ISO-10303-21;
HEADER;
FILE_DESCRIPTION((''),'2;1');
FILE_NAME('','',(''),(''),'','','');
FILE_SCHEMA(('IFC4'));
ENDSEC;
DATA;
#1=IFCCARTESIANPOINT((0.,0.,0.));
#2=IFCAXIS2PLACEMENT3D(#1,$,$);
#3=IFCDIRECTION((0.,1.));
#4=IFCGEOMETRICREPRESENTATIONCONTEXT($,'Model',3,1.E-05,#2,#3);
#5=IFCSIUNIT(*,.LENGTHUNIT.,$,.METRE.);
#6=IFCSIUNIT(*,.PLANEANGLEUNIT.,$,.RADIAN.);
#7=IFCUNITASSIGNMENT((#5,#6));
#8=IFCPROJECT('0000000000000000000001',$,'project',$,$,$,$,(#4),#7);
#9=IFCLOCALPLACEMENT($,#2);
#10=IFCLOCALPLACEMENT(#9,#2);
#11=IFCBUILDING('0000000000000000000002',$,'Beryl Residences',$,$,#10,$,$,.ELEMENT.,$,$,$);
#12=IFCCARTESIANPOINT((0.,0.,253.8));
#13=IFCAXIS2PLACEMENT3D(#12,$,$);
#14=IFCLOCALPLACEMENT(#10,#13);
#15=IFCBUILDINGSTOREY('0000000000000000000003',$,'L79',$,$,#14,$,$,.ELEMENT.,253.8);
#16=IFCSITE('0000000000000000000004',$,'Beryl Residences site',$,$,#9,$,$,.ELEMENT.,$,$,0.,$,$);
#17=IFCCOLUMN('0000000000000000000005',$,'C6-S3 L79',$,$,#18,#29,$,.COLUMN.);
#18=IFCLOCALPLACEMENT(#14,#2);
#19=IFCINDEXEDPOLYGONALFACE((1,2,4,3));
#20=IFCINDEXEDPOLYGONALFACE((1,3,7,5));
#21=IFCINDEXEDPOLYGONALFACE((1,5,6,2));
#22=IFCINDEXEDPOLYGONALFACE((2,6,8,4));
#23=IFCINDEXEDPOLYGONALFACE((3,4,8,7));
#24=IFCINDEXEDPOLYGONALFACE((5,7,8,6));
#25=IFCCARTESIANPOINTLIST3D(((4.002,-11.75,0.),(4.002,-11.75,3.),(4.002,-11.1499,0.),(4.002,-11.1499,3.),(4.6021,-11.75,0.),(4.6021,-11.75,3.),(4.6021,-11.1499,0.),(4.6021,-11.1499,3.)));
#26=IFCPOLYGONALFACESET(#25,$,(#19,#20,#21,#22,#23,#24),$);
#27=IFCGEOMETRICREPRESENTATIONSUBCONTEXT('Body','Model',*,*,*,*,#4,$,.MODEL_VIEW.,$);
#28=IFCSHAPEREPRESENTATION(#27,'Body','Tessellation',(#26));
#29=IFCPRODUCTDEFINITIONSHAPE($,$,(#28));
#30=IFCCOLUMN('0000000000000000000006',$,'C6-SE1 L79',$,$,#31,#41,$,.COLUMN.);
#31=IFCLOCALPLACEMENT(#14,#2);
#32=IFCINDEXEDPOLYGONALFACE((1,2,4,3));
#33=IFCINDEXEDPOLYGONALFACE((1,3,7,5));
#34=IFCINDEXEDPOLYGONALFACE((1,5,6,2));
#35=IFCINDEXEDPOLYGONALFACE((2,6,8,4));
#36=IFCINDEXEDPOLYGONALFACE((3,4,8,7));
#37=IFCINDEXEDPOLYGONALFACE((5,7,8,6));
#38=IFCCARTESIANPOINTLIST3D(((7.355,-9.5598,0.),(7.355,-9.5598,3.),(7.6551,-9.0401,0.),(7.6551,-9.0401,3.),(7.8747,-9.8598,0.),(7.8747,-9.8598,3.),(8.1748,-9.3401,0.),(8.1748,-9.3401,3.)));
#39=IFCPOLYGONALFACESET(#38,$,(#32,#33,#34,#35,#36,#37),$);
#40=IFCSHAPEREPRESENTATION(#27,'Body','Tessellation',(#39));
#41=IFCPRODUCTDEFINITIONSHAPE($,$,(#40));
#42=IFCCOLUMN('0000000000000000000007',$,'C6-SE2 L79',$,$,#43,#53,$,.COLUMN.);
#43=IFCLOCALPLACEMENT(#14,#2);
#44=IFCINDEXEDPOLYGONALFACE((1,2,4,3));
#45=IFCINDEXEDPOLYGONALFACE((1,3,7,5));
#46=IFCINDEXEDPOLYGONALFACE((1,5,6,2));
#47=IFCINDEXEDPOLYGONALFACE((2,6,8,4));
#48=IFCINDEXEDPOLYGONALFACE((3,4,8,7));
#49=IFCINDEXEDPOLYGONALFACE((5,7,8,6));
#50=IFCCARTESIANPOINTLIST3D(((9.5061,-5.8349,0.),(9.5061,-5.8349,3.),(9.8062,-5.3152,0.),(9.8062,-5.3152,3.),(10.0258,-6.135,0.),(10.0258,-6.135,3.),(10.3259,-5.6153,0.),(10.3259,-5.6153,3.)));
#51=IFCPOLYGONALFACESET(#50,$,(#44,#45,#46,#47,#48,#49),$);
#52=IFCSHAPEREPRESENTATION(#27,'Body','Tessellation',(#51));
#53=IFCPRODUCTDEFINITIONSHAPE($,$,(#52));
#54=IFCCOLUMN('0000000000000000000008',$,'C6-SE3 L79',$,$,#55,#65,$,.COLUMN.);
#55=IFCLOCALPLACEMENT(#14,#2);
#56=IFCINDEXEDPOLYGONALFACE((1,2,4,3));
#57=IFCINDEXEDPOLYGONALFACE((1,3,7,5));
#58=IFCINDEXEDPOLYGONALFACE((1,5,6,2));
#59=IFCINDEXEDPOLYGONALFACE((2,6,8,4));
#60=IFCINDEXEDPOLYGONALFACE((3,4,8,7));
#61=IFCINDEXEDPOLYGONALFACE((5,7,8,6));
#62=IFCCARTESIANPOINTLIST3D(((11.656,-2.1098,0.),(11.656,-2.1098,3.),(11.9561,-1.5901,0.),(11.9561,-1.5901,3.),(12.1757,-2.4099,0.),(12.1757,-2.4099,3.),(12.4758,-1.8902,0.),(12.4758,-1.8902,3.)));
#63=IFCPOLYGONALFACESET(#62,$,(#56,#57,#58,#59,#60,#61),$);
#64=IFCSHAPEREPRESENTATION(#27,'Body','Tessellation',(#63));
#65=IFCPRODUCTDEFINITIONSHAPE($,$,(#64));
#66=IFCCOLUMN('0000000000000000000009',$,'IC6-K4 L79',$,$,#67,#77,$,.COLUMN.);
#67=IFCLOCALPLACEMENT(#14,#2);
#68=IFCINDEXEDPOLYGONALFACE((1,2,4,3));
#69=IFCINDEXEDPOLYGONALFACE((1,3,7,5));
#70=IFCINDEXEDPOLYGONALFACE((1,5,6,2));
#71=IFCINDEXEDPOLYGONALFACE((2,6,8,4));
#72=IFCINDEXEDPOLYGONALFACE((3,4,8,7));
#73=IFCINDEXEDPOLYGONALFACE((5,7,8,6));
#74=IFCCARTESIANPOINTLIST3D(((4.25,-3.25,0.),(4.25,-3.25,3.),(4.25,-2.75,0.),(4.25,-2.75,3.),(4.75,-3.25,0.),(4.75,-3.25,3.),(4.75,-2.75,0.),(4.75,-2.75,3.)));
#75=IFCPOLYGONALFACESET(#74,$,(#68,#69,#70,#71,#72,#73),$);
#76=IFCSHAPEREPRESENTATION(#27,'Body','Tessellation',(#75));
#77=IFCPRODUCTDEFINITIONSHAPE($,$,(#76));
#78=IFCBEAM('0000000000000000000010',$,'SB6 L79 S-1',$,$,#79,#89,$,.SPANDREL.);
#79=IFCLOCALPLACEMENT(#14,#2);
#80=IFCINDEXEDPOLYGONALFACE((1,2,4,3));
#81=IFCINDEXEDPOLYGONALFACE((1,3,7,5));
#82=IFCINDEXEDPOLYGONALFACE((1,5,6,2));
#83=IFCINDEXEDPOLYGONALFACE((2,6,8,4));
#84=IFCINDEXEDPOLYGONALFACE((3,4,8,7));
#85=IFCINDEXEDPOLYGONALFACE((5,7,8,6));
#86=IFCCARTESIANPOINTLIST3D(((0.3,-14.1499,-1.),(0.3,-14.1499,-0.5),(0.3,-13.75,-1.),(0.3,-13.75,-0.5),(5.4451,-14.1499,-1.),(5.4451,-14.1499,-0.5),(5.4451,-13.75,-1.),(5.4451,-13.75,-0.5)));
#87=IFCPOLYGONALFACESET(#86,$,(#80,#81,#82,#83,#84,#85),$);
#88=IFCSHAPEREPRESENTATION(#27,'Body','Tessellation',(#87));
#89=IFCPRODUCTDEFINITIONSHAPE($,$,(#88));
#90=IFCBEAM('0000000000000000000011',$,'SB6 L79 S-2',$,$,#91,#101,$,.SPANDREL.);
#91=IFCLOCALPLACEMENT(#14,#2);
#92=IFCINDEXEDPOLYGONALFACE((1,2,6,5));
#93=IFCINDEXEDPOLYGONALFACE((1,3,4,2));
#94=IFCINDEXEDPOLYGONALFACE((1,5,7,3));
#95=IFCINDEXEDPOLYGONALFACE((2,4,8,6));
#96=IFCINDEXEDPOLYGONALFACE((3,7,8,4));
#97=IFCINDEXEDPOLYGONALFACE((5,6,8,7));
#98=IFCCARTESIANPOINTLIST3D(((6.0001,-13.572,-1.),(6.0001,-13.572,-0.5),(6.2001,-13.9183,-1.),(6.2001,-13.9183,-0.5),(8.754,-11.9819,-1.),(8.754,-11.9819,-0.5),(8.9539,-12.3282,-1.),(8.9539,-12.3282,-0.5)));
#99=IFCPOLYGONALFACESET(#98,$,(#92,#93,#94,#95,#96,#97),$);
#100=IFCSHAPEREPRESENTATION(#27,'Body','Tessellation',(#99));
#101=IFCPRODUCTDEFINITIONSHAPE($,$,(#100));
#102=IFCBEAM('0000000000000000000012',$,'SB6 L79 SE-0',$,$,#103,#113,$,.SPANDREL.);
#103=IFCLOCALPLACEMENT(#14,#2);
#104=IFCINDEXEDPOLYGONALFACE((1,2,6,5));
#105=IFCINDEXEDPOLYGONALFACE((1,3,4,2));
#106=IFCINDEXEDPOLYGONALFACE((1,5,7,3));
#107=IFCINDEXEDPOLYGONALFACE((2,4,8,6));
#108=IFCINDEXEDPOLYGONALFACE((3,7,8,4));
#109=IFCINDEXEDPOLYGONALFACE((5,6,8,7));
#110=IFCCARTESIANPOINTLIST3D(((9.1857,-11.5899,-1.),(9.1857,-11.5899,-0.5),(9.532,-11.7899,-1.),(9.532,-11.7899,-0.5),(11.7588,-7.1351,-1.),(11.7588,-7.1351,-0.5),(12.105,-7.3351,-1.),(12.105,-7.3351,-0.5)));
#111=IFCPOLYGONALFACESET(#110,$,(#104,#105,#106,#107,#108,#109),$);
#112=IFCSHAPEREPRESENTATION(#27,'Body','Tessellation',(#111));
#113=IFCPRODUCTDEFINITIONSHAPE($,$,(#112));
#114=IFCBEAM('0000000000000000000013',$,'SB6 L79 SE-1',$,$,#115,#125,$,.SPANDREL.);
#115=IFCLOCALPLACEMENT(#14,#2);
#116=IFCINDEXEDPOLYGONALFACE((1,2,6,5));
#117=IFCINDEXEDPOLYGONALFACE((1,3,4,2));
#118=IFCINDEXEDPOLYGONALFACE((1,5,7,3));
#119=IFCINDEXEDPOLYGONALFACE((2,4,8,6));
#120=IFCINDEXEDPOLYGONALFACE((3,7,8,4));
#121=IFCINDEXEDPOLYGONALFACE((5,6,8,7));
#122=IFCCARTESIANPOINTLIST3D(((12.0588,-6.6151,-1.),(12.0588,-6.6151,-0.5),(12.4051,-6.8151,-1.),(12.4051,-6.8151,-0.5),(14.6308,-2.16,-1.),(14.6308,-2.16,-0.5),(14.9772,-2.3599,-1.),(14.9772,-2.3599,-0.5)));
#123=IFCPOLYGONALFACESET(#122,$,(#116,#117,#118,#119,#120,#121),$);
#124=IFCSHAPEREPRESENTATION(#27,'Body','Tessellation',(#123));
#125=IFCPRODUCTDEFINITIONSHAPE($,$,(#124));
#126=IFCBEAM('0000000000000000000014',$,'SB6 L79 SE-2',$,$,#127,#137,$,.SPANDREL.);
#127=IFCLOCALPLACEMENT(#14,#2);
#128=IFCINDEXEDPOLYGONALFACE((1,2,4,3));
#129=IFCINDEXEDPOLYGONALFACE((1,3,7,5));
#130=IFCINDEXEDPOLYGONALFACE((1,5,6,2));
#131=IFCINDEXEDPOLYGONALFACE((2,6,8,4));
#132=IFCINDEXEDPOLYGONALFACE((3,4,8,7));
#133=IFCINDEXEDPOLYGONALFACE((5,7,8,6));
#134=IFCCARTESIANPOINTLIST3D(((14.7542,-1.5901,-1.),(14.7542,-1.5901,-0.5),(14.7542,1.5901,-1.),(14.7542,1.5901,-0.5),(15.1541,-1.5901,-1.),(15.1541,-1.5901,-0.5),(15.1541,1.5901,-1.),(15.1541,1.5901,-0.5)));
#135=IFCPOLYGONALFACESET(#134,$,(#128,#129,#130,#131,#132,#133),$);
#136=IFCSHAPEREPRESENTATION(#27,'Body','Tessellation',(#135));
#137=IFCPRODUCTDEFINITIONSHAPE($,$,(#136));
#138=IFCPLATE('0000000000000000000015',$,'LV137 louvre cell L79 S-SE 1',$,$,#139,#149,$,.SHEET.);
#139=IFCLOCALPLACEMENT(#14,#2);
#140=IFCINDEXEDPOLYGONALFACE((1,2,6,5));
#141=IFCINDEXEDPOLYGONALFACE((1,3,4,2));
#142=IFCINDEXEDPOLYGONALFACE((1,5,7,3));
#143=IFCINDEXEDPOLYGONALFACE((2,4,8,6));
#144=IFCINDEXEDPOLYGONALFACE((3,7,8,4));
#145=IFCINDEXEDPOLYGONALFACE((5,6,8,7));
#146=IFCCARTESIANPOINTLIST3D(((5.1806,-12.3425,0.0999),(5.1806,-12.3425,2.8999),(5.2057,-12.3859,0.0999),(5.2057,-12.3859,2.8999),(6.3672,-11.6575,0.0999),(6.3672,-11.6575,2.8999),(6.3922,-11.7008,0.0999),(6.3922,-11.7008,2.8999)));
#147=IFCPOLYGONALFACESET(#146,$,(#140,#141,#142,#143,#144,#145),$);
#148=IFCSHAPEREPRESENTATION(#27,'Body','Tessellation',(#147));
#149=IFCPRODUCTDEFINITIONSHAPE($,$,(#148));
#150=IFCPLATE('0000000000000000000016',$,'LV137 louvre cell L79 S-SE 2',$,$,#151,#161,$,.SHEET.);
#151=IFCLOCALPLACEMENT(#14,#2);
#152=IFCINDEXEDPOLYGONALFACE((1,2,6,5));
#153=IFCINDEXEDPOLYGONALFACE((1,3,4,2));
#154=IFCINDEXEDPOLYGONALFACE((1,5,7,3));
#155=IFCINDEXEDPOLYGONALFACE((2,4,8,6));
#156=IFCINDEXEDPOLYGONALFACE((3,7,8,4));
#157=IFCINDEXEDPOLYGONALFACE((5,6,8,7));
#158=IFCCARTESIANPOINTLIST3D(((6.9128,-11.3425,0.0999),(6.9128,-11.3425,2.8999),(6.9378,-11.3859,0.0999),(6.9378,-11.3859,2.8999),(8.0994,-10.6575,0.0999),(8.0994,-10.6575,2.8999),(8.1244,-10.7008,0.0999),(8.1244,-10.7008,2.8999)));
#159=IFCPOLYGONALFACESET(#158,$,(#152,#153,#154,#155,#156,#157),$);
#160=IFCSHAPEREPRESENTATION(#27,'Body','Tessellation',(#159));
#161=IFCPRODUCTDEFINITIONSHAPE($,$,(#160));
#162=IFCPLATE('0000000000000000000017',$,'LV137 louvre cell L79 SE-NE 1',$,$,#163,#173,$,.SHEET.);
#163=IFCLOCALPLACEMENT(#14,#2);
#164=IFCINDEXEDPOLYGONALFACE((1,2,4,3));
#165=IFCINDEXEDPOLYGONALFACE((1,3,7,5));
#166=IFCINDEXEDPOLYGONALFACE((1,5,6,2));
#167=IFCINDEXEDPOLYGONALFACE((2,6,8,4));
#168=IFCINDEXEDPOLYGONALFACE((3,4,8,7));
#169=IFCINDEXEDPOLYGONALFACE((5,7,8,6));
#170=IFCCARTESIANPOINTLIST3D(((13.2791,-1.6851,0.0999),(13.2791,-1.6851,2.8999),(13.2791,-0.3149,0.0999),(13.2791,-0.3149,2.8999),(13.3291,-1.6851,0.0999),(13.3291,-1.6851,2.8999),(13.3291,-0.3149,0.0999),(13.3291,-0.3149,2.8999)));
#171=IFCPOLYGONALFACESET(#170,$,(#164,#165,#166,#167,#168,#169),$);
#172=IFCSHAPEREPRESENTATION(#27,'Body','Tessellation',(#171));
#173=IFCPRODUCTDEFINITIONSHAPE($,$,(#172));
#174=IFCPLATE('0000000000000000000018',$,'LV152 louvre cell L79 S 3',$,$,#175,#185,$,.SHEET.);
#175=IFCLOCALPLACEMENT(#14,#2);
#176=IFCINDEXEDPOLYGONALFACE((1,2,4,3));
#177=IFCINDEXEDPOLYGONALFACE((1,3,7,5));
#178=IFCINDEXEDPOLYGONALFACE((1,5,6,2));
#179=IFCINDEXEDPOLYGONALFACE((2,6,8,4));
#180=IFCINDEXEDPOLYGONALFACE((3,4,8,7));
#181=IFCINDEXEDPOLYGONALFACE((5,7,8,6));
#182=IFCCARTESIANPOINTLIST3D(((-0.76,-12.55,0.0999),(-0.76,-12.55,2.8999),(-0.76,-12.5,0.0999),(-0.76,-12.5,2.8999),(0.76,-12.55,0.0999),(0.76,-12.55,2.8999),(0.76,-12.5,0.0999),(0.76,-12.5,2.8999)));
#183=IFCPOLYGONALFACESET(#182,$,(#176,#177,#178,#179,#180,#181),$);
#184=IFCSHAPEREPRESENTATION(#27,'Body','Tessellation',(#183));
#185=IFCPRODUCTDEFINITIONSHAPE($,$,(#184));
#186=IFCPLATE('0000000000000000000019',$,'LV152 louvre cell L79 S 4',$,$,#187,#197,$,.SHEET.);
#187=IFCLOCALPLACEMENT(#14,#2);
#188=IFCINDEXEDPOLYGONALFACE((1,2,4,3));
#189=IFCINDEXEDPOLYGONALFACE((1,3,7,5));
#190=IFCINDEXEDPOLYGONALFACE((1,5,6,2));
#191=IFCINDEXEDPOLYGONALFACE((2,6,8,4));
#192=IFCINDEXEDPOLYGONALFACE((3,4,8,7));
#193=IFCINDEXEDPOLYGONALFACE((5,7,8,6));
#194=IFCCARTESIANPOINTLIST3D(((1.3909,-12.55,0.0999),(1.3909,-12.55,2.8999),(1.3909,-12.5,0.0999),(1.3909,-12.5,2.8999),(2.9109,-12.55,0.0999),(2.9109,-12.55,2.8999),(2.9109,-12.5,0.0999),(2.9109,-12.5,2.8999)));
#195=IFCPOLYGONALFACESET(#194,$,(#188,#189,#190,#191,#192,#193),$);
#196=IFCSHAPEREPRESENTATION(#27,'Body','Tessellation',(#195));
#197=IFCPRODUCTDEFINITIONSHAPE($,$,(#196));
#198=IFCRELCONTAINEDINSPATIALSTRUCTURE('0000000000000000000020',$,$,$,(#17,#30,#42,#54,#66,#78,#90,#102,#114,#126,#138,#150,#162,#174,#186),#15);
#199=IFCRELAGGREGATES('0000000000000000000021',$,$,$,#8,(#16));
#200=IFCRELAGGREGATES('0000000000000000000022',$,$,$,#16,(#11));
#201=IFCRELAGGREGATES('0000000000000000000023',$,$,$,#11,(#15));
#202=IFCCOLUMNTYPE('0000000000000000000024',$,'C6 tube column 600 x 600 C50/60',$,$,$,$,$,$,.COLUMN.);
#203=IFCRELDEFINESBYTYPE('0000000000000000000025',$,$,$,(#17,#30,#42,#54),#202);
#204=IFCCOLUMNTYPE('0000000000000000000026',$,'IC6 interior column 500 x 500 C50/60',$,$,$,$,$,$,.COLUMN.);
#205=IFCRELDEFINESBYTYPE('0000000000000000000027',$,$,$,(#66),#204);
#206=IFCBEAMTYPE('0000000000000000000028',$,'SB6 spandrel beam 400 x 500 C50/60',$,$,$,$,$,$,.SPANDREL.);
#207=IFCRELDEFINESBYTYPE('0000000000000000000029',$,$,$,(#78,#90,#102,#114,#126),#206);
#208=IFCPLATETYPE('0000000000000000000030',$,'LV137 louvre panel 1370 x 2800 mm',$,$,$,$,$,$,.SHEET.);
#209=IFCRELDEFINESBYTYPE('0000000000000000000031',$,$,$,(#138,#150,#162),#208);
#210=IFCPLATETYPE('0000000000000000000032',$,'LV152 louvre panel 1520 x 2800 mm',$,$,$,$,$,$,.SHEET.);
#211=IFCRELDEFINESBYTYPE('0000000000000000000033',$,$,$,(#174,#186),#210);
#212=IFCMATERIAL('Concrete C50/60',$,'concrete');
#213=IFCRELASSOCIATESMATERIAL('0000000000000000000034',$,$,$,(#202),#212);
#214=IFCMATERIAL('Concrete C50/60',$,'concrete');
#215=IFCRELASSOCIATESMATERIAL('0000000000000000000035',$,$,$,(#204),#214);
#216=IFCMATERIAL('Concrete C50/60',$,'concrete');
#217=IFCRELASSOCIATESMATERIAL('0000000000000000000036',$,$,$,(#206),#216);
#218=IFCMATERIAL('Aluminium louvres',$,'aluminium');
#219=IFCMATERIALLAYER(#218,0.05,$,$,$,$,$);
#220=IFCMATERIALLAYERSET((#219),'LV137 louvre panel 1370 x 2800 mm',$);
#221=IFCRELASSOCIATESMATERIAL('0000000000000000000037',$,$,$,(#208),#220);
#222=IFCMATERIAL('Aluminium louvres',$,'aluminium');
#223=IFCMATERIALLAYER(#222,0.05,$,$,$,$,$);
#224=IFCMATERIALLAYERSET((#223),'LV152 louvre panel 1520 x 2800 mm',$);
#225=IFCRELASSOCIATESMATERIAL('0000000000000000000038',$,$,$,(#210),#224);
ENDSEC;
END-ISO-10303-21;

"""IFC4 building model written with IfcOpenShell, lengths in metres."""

from ifc_helpers import new_model, si_unit, direction, frame, origin, origin_2d, place, context, subcontext, project, spatial, polyline, rectangle, outline, extrude, source, transform, mapped, material, layer, layer_set, material_profile, profile_set, type_object, type_shapes, element, save


model = new_model("IFC4")

# Units and contexts
model_context = context("Model", 3, precision=1e-05, world=origin(), true_north=direction((0.0, 1.0)))
body_context = subcontext(model_context, "Body", "Model", "MODEL_VIEW")
ifc_project = project(units=[si_unit("LENGTHUNIT", "METRE"), si_unit("PLANEANGLEUNIT", "RADIAN")], contexts=[model_context])

# Site, building, storey
site_placement = place(None, origin())
site = spatial("IfcSite", under=ifc_project, at=site_placement, Name="Beryl Residences site", CompositionType="ELEMENT", RefElevation=0.0)
building_placement = place(site_placement, origin())
building = spatial("IfcBuilding", under=site, at=building_placement, Name="Beryl Residences", CompositionType="ELEMENT")
storey_placement = place(building_placement, frame((0.0, 0.0, 253.8)))
storey = spatial("IfcBuildingStorey", under=building, at=storey_placement, Name="L79", CompositionType="ELEMENT", Elevation=253.8)

# Columns
ifc_material_1 = material(Name="Concrete C50/60", Category="concrete")
ifc_material_profile_1 = material_profile(ifc_material_1, rectangle(XDim=0.6001, YDim=0.6001, at=origin_2d()))
ifc_profile_set_1 = profile_set([ifc_material_profile_1], Name="Concrete C50/60")
column_type_1 = type_object("IfcColumnType", Name="C6 tube column 600 x 600 C50/60", PredefinedType="COLUMN", material=ifc_profile_set_1)
for number, where, z_axis, x_axis, name in (
    (1, (4.302, -11.45, 0.0), (0.0, 0.0, 1.0), (1.0, 0.0, 0.0), "C6-S3 L79"),
    (2, (7.7649, -9.45, 0.0), (0.0, 0.0, 1.0), (0.5, 0.866025, 0.0), "C6-SE1 L79"),
    (3, (9.916, -5.7251, 0.0), (0.0, 0.0, 1.0), (0.5, 0.866025, 0.0), "C6-SE2 L79"),
    (4, (12.0659, -2.0, 0.0), (0.0, 0.0, 1.0), (0.5, 0.866025, 0.0), "C6-SE3 L79"),
):
    element("IfcColumn", number, at=place(storey_placement, frame(where, z_axis=z_axis, x_axis=x_axis)), inside=storey, type_object=column_type_1, Name=name, PredefinedType="COLUMN", context=body_context, shape_type="SweptSolid", body=[
        extrude(rectangle(XDim=0.6001, YDim=0.6001, at=origin_2d()), origin(), (0.0, 0.0, 1.0), 3.0),
    ])
ifc_material_2 = material(Name="Concrete C50/60", Category="concrete")
ifc_material_profile_2 = material_profile(ifc_material_2, rectangle(XDim=0.5, YDim=0.5, at=origin_2d()))
ifc_profile_set_2 = profile_set([ifc_material_profile_2], Name="Concrete C50/60")
column_type_2 = type_object("IfcColumnType", Name="IC6 interior column 500 x 500 C50/60", PredefinedType="COLUMN", material=ifc_profile_set_2)
column_placement = place(storey_placement, frame((4.5, -3.0, 0.0), z_axis=(0.0, 0.0, 1.0), x_axis=(1.0, 0.0, 0.0)))
element("IfcColumn", 5, at=column_placement, inside=storey, type_object=column_type_2, Name="IC6-K4 L79", PredefinedType="COLUMN", context=body_context, shape_type="SweptSolid", body=[
    extrude(rectangle(XDim=0.5, YDim=0.5, at=origin_2d()), origin(), (0.0, 0.0, 1.0), 3.0),
])

# Beams
ifc_material_3 = material(Name="Concrete C50/60", Category="concrete")
ifc_material_profile_3 = material_profile(ifc_material_3, rectangle(XDim=0.3999, YDim=0.5, at=origin_2d()))
ifc_profile_set_3 = profile_set([ifc_material_profile_3], Name="Concrete C50/60")
beam_type = type_object("IfcBeamType", Name="SB6 spandrel beam 400 x 500 C50/60", PredefinedType="SPANDREL", material=ifc_profile_set_3)
beam_1_placement = place(storey_placement, frame((0.3, -13.95, -0.75), z_axis=(1.0, 0.0, 0.0), x_axis=(0.0, 1.0, 0.0)))
element("IfcBeam", 6, at=beam_1_placement, inside=storey, type_object=beam_type, Name="SB6 L79 S-1", PredefinedType="SPANDREL", context=body_context, shape_type="SweptSolid", body=[
    extrude(rectangle(XDim=0.3999, YDim=0.5, at=origin_2d()), origin(), (0.0, 0.0, 1.0), 5.145),
])
beam_2_placement = place(storey_placement, frame((6.1001, -13.7451, -0.75), z_axis=(0.866009, 0.500028, 0.0), x_axis=(-0.500028, 0.866009, 0.0)))
element("IfcBeam", 7, at=beam_2_placement, inside=storey, type_object=beam_type, Name="SB6 L79 S-2", PredefinedType="SPANDREL", context=body_context, shape_type="SweptSolid", body=[
    extrude(rectangle(XDim=0.3999, YDim=0.5, at=origin_2d()), origin(), (0.0, 0.0, 1.0), 3.1799),
])
beam_3_placement = place(storey_placement, frame((9.3589, -11.6899, -0.75), z_axis=(0.500146, 0.865941, 0.0), x_axis=(-0.865941, 0.500146, 0.0)))
element("IfcBeam", 8, at=beam_3_placement, inside=storey, type_object=beam_type, Name="SB6 L79 SE-0", PredefinedType="SPANDREL", context=body_context, shape_type="SweptSolid", body=[
    extrude(rectangle(XDim=0.3999, YDim=0.5, at=origin_2d()), origin(), (0.0, 0.0, 1.0), 5.1445),
])
beam_4_placement = place(storey_placement, frame((12.2319, -6.7151, -0.75), z_axis=(0.499983, 0.866035, 0.0), x_axis=(-0.866035, 0.499983, 0.0)))
element("IfcBeam", 9, at=beam_4_placement, inside=storey, type_object=beam_type, Name="SB6 L79 SE-1", PredefinedType="SPANDREL", context=body_context, shape_type="SweptSolid", body=[
    extrude(rectangle(XDim=0.3999, YDim=0.5, at=origin_2d()), origin(), (0.0, 0.0, 1.0), 5.1443),
])
beam_5_placement = place(storey_placement, frame((14.9541, -1.5901, -0.75), z_axis=(0.0, 1.0, 0.0), x_axis=(-1.0, 0.0, 0.0)))
element("IfcBeam", 10, at=beam_5_placement, inside=storey, type_object=beam_type, Name="SB6 L79 SE-2", PredefinedType="SPANDREL", context=body_context, shape_type="SweptSolid", body=[
    extrude(rectangle(XDim=0.3999, YDim=0.5, at=origin_2d()), origin(), (0.0, 0.0, 1.0), 3.1802),
])

# Plates
ifc_material_4 = material(Name="Aluminium louvres", Category="aluminium")
ifc_layer_1 = layer(ifc_material_4, 0.05)
ifc_layer_set_1 = layer_set([ifc_layer_1], Name="LV137 louvre panel 1370 x 2800 mm")
plate_type_1 = type_object("IfcPlateType", Name="LV137 louvre panel 1370 x 2800 mm", PredefinedType="SHEET", material=ifc_layer_set_1)
shared_shape_1 = source(origin(), body_context, "Body", "SweptSolid", [
    extrude(outline(polyline([(-0.6851, 0.0), (0.6851, 0.0), (0.6851, 0.05), (-0.6851, 0.05), (-0.6851, 0.0)])), origin(), (0.0, 0.0, 1.0), 2.8),
])
type_shapes(plate_type_1, [shared_shape_1])
for number, where, z_axis, x_axis, name in (
    (11, (5.7739, -12.0, 0.0999), (0.0, 0.0, 1.0), (-0.866025, -0.5, 0.0), "LV137 louvre cell L79 S-SE 1"),
    (12, (7.5061, -11.0, 0.0999), (0.0, 0.0, 1.0), (-0.866025, -0.5, 0.0), "LV137 louvre cell L79 S-SE 2"),
    (13, (13.2791, -1.0, 0.0999), (0.0, 0.0, 1.0), (0.0, -1.0, 0.0), "LV137 louvre cell L79 SE-NE 1"),
):
    element("IfcPlate", number, at=place(storey_placement, frame(where, z_axis=z_axis, x_axis=x_axis)), inside=storey, type_object=plate_type_1, Name=name, PredefinedType="SHEET", context=body_context, shape_type="MappedRepresentation", body=[
        mapped(shared_shape_1, transform((0.0, 0.0, 0.0))),
    ])
ifc_material_5 = material(Name="Aluminium louvres", Category="aluminium")
ifc_layer_2 = layer(ifc_material_5, 0.05)
ifc_layer_set_2 = layer_set([ifc_layer_2], Name="LV152 louvre panel 1520 x 2800 mm")
plate_type_2 = type_object("IfcPlateType", Name="LV152 louvre panel 1520 x 2800 mm", PredefinedType="SHEET", material=ifc_layer_set_2)
shared_shape_2 = source(origin(), body_context, "Body", "SweptSolid", [
    extrude(outline(polyline([(-0.76, 0.0), (0.76, 0.0), (0.76, 0.05), (-0.76, 0.05), (-0.76, 0.0)])), origin(), (0.0, 0.0, 1.0), 2.8),
])
type_shapes(plate_type_2, [shared_shape_2])
for number, where, z_axis, x_axis, name in (
    (14, (0.0, -12.5, 0.0999), (0.0, 0.0, 1.0), (-1.0, 0.0, 0.0), "LV152 louvre cell L79 S 3"),
    (15, (2.1509, -12.5, 0.0999), (0.0, 0.0, 1.0), (-1.0, 0.0, 0.0), "LV152 louvre cell L79 S 4"),
):
    element("IfcPlate", number, at=place(storey_placement, frame(where, z_axis=z_axis, x_axis=x_axis)), inside=storey, type_object=plate_type_2, Name=name, PredefinedType="SHEET", context=body_context, shape_type="MappedRepresentation", body=[
        mapped(shared_shape_2, transform((0.0, 0.0, 0.0))),
    ])

save(model, "model.ifc")
